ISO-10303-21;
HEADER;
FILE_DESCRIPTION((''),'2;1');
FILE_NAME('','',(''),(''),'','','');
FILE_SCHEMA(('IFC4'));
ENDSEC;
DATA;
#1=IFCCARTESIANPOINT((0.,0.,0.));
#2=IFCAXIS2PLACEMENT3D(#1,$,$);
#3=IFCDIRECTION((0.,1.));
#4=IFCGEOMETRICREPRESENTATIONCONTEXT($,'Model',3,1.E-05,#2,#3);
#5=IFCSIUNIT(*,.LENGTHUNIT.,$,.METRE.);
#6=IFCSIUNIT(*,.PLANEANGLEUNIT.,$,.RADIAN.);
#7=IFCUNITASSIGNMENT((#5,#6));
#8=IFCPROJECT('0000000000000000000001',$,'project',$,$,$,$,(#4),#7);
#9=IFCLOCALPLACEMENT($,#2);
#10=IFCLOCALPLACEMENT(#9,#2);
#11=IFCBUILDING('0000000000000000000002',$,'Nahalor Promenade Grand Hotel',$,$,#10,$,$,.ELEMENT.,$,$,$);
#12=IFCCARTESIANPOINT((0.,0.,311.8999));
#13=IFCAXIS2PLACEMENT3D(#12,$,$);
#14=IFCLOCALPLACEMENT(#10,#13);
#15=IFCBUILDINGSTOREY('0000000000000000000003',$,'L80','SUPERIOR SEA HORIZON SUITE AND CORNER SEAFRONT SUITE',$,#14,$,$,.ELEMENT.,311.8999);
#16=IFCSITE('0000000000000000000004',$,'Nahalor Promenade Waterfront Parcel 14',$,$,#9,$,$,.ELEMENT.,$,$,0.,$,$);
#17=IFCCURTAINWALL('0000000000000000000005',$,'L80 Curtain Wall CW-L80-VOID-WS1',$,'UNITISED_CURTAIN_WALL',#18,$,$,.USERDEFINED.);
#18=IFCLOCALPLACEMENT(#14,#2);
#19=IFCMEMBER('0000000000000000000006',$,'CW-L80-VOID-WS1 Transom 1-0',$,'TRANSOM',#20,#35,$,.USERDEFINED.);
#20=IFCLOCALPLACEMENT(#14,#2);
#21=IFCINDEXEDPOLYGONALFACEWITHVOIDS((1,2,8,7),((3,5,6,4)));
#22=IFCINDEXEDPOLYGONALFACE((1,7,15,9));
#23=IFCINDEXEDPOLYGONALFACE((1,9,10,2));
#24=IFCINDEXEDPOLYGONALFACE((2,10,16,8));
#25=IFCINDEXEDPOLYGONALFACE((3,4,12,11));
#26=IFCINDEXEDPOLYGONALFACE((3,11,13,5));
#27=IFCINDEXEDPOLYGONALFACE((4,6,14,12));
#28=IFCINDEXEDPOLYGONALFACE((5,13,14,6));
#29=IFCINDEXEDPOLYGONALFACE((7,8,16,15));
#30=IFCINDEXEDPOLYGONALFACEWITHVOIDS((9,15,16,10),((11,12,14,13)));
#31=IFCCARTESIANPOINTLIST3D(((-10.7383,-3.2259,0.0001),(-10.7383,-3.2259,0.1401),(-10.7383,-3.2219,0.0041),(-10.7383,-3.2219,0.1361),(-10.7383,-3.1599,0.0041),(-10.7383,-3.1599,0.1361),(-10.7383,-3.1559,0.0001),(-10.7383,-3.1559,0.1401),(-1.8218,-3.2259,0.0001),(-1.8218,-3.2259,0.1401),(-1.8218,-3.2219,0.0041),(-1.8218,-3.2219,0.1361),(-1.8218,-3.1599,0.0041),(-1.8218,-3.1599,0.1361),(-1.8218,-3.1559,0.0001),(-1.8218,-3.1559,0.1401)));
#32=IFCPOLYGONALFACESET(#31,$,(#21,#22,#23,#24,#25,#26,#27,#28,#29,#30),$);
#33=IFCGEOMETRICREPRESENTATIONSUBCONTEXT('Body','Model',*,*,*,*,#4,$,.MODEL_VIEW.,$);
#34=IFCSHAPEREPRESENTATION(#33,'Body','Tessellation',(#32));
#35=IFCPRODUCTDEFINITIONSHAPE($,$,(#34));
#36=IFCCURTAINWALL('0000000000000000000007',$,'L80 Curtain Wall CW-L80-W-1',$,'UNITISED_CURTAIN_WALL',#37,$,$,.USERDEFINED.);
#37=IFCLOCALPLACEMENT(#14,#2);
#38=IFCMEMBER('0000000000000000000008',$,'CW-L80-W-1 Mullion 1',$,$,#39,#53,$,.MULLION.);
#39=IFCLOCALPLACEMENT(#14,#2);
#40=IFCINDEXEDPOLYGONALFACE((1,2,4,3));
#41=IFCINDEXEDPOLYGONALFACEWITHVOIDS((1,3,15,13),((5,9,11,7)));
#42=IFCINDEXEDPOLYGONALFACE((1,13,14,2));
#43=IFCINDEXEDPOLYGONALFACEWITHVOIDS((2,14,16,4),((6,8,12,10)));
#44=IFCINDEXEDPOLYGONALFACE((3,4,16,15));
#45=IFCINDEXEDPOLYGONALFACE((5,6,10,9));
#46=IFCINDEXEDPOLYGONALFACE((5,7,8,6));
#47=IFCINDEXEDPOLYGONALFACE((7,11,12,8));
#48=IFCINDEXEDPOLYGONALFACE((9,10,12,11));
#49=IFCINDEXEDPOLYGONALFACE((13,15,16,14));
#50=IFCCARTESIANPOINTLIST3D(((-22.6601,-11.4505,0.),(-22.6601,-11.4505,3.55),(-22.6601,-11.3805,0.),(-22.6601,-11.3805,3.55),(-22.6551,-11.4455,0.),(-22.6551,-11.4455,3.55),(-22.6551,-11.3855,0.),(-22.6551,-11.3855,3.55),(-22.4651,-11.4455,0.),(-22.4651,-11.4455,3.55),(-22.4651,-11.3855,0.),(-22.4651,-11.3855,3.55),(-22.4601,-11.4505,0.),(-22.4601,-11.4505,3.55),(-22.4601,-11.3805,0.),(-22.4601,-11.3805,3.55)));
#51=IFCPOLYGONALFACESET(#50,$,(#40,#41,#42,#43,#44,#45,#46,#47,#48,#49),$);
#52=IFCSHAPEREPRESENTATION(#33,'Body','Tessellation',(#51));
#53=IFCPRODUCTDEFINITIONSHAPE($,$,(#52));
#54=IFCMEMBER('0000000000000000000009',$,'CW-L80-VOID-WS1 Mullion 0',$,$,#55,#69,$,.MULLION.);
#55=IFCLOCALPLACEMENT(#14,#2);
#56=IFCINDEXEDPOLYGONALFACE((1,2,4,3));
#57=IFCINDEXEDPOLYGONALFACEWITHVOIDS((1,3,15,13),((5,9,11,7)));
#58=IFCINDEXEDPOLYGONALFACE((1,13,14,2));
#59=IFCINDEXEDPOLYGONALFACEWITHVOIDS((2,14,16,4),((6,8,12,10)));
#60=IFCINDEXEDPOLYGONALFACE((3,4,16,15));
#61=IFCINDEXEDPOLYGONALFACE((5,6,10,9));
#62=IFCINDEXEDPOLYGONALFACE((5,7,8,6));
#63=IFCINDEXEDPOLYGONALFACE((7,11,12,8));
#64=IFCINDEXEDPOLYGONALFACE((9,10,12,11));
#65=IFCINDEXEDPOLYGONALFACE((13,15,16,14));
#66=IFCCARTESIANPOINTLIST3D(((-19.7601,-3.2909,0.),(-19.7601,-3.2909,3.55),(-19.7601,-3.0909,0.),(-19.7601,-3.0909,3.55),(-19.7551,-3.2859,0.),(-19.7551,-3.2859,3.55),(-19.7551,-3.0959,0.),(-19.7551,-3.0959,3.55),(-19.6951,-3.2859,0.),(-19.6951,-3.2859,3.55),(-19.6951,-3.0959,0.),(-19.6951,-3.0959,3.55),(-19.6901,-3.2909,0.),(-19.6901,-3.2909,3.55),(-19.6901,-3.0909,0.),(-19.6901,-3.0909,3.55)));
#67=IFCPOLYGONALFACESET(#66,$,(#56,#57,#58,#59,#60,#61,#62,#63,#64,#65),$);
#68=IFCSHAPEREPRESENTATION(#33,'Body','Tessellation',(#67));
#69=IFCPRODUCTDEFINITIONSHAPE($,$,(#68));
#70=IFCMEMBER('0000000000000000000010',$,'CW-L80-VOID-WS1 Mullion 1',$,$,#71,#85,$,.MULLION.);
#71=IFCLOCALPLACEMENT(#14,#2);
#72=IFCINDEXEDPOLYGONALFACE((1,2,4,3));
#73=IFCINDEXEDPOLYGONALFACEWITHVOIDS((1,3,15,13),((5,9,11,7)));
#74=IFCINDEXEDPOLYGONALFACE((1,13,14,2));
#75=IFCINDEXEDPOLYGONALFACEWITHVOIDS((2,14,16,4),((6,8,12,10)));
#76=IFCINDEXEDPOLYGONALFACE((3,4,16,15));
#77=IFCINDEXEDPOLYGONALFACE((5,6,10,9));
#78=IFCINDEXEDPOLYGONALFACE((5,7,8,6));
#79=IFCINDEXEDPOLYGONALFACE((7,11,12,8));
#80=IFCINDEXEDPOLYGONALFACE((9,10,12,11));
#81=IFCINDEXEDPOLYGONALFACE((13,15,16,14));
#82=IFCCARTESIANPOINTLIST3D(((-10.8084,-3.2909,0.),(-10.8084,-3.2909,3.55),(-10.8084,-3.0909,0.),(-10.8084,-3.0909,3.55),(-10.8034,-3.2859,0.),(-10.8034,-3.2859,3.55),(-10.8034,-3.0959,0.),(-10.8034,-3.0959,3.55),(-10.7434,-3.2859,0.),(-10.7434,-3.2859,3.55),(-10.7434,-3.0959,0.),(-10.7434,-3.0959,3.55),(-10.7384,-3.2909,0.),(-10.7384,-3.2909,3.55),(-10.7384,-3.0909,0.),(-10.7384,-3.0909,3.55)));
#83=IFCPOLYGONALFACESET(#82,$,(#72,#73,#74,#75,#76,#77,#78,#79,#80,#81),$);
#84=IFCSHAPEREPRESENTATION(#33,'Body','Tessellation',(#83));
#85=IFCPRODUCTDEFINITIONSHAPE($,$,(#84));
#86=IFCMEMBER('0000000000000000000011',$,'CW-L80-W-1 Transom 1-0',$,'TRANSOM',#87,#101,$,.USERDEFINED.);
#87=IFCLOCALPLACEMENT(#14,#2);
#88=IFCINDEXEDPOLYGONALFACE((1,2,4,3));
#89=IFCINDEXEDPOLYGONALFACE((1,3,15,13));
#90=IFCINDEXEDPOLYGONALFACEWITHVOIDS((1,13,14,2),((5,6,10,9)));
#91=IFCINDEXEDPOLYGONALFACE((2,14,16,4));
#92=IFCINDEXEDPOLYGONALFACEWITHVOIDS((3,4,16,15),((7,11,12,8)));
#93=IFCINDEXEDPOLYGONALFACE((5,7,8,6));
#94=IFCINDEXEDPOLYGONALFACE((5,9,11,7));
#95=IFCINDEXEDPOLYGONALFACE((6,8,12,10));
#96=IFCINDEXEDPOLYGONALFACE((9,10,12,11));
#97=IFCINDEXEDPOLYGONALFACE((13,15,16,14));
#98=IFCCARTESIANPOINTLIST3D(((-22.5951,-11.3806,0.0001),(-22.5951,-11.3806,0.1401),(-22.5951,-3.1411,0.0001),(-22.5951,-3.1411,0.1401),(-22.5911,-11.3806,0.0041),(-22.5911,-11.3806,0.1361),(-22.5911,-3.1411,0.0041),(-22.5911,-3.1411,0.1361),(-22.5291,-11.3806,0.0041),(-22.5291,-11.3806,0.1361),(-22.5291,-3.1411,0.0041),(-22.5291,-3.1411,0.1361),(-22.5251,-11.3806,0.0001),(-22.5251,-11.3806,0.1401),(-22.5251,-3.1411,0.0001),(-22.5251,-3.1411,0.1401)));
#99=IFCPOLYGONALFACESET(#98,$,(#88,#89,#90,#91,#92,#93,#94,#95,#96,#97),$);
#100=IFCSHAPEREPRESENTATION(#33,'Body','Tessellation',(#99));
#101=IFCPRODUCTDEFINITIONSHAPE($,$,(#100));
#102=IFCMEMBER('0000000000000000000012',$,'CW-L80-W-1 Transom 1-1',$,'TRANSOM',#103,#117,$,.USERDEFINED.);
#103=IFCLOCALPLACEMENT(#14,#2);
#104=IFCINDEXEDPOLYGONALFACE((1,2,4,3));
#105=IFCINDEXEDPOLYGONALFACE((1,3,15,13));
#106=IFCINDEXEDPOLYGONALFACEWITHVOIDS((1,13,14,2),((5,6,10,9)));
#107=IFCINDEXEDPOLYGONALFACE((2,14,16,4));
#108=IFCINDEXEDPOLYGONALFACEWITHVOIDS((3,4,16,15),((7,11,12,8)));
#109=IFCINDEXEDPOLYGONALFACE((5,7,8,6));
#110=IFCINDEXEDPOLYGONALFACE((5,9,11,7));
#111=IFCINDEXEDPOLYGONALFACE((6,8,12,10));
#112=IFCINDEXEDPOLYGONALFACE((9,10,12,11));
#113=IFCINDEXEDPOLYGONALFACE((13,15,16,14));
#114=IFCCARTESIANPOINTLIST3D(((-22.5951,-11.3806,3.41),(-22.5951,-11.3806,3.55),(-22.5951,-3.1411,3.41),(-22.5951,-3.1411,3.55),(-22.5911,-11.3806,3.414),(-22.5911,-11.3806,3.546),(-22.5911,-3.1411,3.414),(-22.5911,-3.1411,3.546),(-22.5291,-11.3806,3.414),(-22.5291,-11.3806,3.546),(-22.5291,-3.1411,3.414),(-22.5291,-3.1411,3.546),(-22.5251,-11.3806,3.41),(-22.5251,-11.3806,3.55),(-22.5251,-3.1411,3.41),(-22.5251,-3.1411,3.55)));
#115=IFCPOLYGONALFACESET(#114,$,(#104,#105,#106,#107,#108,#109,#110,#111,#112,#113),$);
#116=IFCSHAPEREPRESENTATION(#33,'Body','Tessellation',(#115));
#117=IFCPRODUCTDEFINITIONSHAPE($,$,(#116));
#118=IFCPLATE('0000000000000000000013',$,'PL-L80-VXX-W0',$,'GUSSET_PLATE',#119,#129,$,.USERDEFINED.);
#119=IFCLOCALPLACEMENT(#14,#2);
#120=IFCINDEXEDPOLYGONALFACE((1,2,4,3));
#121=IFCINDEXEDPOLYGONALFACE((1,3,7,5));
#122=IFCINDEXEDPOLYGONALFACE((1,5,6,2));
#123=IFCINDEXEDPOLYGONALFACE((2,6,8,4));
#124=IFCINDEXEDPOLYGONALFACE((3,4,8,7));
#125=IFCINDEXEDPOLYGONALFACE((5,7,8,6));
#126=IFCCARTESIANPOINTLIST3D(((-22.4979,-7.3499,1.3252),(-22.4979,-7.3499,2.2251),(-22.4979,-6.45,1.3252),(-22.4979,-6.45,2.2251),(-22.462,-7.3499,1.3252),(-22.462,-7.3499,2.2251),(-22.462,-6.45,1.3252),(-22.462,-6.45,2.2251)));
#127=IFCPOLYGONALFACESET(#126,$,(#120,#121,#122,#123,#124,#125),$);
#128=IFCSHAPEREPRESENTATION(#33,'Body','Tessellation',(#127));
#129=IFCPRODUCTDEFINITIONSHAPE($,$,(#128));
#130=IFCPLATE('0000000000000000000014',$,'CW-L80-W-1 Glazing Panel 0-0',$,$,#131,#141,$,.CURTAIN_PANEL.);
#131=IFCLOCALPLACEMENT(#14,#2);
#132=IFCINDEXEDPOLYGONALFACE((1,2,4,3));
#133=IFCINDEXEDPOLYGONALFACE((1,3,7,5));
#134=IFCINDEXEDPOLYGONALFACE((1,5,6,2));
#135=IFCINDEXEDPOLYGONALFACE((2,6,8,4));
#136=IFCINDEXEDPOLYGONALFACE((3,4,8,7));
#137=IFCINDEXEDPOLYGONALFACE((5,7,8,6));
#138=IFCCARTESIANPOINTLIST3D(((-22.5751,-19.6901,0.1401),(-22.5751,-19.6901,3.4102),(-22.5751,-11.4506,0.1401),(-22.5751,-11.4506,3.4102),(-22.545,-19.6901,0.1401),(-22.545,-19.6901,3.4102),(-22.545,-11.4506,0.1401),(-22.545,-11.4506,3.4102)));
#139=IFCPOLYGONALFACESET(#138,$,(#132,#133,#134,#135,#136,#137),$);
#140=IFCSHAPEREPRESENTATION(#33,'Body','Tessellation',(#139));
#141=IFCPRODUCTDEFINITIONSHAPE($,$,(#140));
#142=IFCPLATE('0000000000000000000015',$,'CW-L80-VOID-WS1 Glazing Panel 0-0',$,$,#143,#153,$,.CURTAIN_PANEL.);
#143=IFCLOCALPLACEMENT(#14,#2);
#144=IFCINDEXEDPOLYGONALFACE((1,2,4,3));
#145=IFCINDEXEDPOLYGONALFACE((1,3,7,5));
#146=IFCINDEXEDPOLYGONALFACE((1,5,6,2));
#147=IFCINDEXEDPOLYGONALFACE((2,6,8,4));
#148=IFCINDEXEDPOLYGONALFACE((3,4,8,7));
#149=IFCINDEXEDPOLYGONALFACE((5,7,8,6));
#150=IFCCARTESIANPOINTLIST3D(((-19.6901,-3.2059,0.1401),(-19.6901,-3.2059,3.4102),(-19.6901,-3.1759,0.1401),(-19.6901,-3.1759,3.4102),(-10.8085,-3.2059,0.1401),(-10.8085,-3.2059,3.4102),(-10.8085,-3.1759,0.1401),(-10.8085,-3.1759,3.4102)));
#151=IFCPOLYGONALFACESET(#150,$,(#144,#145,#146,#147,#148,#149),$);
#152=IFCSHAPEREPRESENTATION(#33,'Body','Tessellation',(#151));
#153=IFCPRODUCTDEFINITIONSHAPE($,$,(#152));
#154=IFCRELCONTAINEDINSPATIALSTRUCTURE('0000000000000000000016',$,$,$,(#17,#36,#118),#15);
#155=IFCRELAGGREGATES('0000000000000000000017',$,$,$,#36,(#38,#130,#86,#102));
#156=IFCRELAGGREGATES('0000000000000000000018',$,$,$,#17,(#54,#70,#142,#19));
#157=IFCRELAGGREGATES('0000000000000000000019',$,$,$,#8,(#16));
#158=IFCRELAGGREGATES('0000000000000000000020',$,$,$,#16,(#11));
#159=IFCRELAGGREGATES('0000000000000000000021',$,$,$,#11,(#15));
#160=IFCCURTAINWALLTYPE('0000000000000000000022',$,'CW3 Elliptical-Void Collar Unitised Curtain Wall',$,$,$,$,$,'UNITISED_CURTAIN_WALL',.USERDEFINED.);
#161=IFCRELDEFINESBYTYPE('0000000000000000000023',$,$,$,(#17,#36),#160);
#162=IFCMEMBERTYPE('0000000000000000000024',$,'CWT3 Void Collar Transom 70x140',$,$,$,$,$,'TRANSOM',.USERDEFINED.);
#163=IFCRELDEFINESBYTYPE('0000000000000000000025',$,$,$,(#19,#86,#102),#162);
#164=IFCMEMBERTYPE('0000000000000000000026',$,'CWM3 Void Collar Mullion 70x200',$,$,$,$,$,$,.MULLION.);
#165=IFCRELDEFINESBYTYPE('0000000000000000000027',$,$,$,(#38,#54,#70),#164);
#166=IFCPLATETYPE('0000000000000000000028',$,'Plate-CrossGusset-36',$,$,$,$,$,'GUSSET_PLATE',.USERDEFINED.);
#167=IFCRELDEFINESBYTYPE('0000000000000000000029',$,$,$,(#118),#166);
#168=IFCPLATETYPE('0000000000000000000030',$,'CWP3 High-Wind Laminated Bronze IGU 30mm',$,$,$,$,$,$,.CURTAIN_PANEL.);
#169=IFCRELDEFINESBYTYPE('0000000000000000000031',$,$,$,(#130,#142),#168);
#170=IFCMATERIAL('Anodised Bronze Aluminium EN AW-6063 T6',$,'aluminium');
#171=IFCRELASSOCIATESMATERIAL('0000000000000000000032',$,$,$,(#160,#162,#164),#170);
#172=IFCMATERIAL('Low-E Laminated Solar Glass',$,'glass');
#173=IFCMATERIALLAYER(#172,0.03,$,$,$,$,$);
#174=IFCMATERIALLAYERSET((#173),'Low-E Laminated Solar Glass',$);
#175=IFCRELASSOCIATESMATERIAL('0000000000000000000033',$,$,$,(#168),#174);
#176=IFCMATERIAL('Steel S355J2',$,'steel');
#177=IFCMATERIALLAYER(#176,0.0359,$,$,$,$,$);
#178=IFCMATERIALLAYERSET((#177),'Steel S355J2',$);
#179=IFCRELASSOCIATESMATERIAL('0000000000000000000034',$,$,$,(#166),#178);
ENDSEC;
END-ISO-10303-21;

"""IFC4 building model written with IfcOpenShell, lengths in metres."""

from ifc_helpers import new_model, si_unit, direction, frame, origin, origin_2d, place, context, subcontext, project, spatial, rectangle, hollow_rectangle, extrude, source, transform, mapped, material, layer, layer_set, material_profile, profile_set, type_object, element, aggregate, save


model = new_model("IFC4")

# Units and contexts
model_context = context("Model", 3, precision=1e-05, world=origin(), true_north=direction((0.0, 1.0)))
body_context = subcontext(model_context, "Body", "Model", "MODEL_VIEW")
ifc_project = project(units=[si_unit("LENGTHUNIT", "METRE"), si_unit("PLANEANGLEUNIT", "RADIAN")], contexts=[model_context])

# Site, building, storey
site_placement = place(None, origin())
site = spatial("IfcSite", under=ifc_project, at=site_placement, Name="Nahalor Promenade Waterfront Parcel 14", CompositionType="ELEMENT", RefElevation=0.0)
building_placement = place(site_placement, origin())
building = spatial("IfcBuilding", under=site, at=building_placement, Name="Nahalor Promenade Grand Hotel", CompositionType="ELEMENT")
storey_placement = place(building_placement, frame((0.0, 0.0, 311.8999)))
storey = spatial("IfcBuildingStorey", under=building, at=storey_placement, Name="L80", Description="SUPERIOR SEA HORIZON SUITE AND CORNER SEAFRONT SUITE", CompositionType="ELEMENT", Elevation=311.8999)

# Curtain wall, member
ifc_material_1 = material(Name="Anodised Bronze Aluminium EN AW-6063 T6", Category="aluminium")
curtain_wall_type = type_object("IfcCurtainWallType", Name="CW3 Elliptical-Void Collar Unitised Curtain Wall", ElementType="UNITISED_CURTAIN_WALL", PredefinedType="USERDEFINED", material=ifc_material_1)
curtain_wall_1_placement = place(storey_placement, origin())
curtain_wall_1 = element("IfcCurtainWall", 1, at=curtain_wall_1_placement, inside=storey, type_object=curtain_wall_type, Name="L80 Curtain Wall CW-L80-VOID-WS1", ObjectType="UNITISED_CURTAIN_WALL", PredefinedType="USERDEFINED")
ifc_material_profile_1 = material_profile(ifc_material_1, hollow_rectangle(XDim=0.07, YDim=0.14, WallThickness=0.004, at=origin_2d()), Name="CWT 70x140x4")
ifc_profile_set_1 = profile_set([ifc_material_profile_1], Name="Anodised Bronze Aluminium EN AW-6063 T6")
member_type_1 = type_object("IfcMemberType", Name="CWT3 Void Collar Transom 70x140", ElementType="TRANSOM", PredefinedType="USERDEFINED", material=ifc_profile_set_1)
shared_shape_1 = source(origin(), body_context, "Body", "SweptSolid", [
    extrude(hollow_rectangle(XDim=0.07, YDim=0.14, WallThickness=0.004, at=origin_2d()), origin(), (0.0, 0.0, 1.0), 8.9165),
])
member_1_placement = place(storey_placement, frame((-10.7383, -3.1909, 0.0701), z_axis=(1.0, 0.0, 0.0), x_axis=(0.0, 1.0, 0.0)))
member_1 = element("IfcMember", 2, at=member_1_placement, type_object=member_type_1, Name="CW-L80-VOID-WS1 Transom 1-0", ObjectType="TRANSOM", PredefinedType="USERDEFINED", context=body_context, shape_type="MappedRepresentation", body=[
    mapped(shared_shape_1, transform((0.0, 0.0, 0.0), scale=1.0)),
])

# Curtain wall, member
curtain_wall_2_placement = place(storey_placement, origin())
curtain_wall_2 = element("IfcCurtainWall", 3, at=curtain_wall_2_placement, inside=storey, type_object=curtain_wall_type, Name="L80 Curtain Wall CW-L80-W-1", ObjectType="UNITISED_CURTAIN_WALL", PredefinedType="USERDEFINED")
ifc_material_profile_2 = material_profile(ifc_material_1, hollow_rectangle(XDim=0.07, YDim=0.2, WallThickness=0.005, at=origin_2d()), Name="CWM 70x200x5")
ifc_profile_set_2 = profile_set([ifc_material_profile_2], Name="Anodised Bronze Aluminium EN AW-6063 T6")
member_type_2 = type_object("IfcMemberType", Name="CWM3 Void Collar Mullion 70x200", PredefinedType="MULLION", material=ifc_profile_set_2)
shared_shape_2 = source(origin(), body_context, "Body", "SweptSolid", [
    extrude(hollow_rectangle(XDim=0.07, YDim=0.2, WallThickness=0.005, at=origin_2d()), origin(), (0.0, 0.0, 1.0), 3.55),
])
member_2_placement = place(storey_placement, frame((-22.5601, -11.4155, 0.0), z_axis=(0.0, 0.0, 1.0), x_axis=(0.0, 1.0, 0.0)))
member_2 = element("IfcMember", 4, at=member_2_placement, type_object=member_type_2, Name="CW-L80-W-1 Mullion 1", PredefinedType="MULLION", context=body_context, shape_type="MappedRepresentation", body=[
    mapped(shared_shape_2, transform((0.0, 0.0, 0.0), scale=1.0)),
])

# Members
member_3_placement = place(storey_placement, frame((-19.7251, -3.1909, 0.0), z_axis=(0.0, 0.0, 1.0), x_axis=(1.0, 0.0, 0.0)))
member_3 = element("IfcMember", 5, at=member_3_placement, type_object=member_type_2, Name="CW-L80-VOID-WS1 Mullion 0", PredefinedType="MULLION", context=body_context, shape_type="MappedRepresentation", body=[
    mapped(shared_shape_2, transform((0.0, 0.0, 0.0), scale=1.0)),
])
member_4_placement = place(storey_placement, frame((-10.7734, -3.1909, 0.0), z_axis=(0.0, 0.0, 1.0), x_axis=(1.0, 0.0, 0.0)))
member_4 = element("IfcMember", 6, at=member_4_placement, type_object=member_type_2, Name="CW-L80-VOID-WS1 Mullion 1", PredefinedType="MULLION", context=body_context, shape_type="MappedRepresentation", body=[
    mapped(shared_shape_2, transform((0.0, 0.0, 0.0), scale=1.0)),
])
shared_shape_3 = source(origin(), body_context, "Body", "SweptSolid", [
    extrude(hollow_rectangle(XDim=0.07, YDim=0.14, WallThickness=0.004, at=origin_2d()), origin(), (0.0, 0.0, 1.0), 8.2395),
])
member_5_placement = place(storey_placement, frame((-22.5601, -11.3806, 0.0701), z_axis=(0.0, 1.0, 0.0), x_axis=(-1.0, 0.0, 0.0)))
member_5 = element("IfcMember", 7, at=member_5_placement, type_object=member_type_1, Name="CW-L80-W-1 Transom 1-0", ObjectType="TRANSOM", PredefinedType="USERDEFINED", context=body_context, shape_type="MappedRepresentation", body=[
    mapped(shared_shape_3, transform((0.0, 0.0, 0.0), scale=1.0)),
])
member_6_placement = place(storey_placement, frame((-22.5601, -11.3806, 3.48), z_axis=(0.0, 1.0, 0.0), x_axis=(-1.0, 0.0, 0.0)))
member_6 = element("IfcMember", 8, at=member_6_placement, type_object=member_type_1, Name="CW-L80-W-1 Transom 1-1", ObjectType="TRANSOM", PredefinedType="USERDEFINED", context=body_context, shape_type="MappedRepresentation", body=[
    mapped(shared_shape_3, transform((0.0, 0.0, 0.0), scale=1.0)),
])

# Plates
ifc_material_2 = material(Name="Low-E Laminated Solar Glass", Category="glass")
ifc_layer_1 = layer(ifc_material_2, 0.03)
ifc_layer_set_1 = layer_set([ifc_layer_1], Name="Low-E Laminated Solar Glass")
plate_type_1 = type_object("IfcPlateType", Name="CWP3 High-Wind Laminated Bronze IGU 30mm", PredefinedType="CURTAIN_PANEL", material=ifc_layer_set_1)
ifc_material_3 = material(Name="Steel S355J2", Category="steel")
ifc_layer_2 = layer(ifc_material_3, 0.0359)
ifc_layer_set_2 = layer_set([ifc_layer_2], Name="Steel S355J2")
plate_type_2 = type_object("IfcPlateType", Name="Plate-CrossGusset-36", ElementType="GUSSET_PLATE", PredefinedType="USERDEFINED", material=ifc_layer_set_2)
shared_shape_4 = source(origin(), body_context, "Body", "SweptSolid", [
    extrude(rectangle(XDim=0.8999, YDim=0.0359, at=origin_2d()), origin(), (0.0, 0.0, 1.0), 0.8999),
])
plate_1_placement = place(storey_placement, frame((-22.48, -6.8999, 1.3252), z_axis=(0.0, 0.0, 1.0), x_axis=(0.0, 1.0, 0.0)))
element("IfcPlate", 9, at=plate_1_placement, inside=storey, type_object=plate_type_2, Name="PL-L80-VXX-W0", ObjectType="GUSSET_PLATE", PredefinedType="USERDEFINED", context=body_context, shape_type="MappedRepresentation", body=[
    mapped(shared_shape_4, transform((0.0, 0.0, 0.0), scale=1.0)),
])
shared_shape_5 = source(origin(), body_context, "Body", "SweptSolid", [
    extrude(rectangle(XDim=8.2395, YDim=0.03, at=origin_2d()), origin(), (0.0, 0.0, 1.0), 3.27),
])
plate_2_placement = place(storey_placement, frame((-22.5601, -15.5703, 0.1401), z_axis=(0.0, 0.0, 1.0), x_axis=(0.0, 1.0, 0.0)))
plate_2 = element("IfcPlate", 10, at=plate_2_placement, type_object=plate_type_1, Name="CW-L80-W-1 Glazing Panel 0-0", PredefinedType="CURTAIN_PANEL", context=body_context, shape_type="MappedRepresentation", body=[
    mapped(shared_shape_5, transform((0.0, 0.0, 0.0), scale=1.0)),
])
aggregate(curtain_wall_2, [member_2, plate_2, member_5, member_6])
shared_shape_6 = source(origin(), body_context, "Body", "SweptSolid", [
    extrude(rectangle(XDim=8.8816, YDim=0.03, at=origin_2d()), origin(), (0.0, 0.0, 1.0), 3.27),
])
plate_3_placement = place(storey_placement, frame((-15.2493, -3.1909, 0.1401), z_axis=(0.0, 0.0, 1.0), x_axis=(1.0, 0.0, 0.0)))
plate_3 = element("IfcPlate", 11, at=plate_3_placement, type_object=plate_type_1, Name="CW-L80-VOID-WS1 Glazing Panel 0-0", PredefinedType="CURTAIN_PANEL", context=body_context, shape_type="MappedRepresentation", body=[
    mapped(shared_shape_6, transform((0.0, 0.0, 0.0), scale=1.0)),
])
aggregate(curtain_wall_1, [member_3, member_4, plate_3, member_1])

save(model, "model.ifc")
